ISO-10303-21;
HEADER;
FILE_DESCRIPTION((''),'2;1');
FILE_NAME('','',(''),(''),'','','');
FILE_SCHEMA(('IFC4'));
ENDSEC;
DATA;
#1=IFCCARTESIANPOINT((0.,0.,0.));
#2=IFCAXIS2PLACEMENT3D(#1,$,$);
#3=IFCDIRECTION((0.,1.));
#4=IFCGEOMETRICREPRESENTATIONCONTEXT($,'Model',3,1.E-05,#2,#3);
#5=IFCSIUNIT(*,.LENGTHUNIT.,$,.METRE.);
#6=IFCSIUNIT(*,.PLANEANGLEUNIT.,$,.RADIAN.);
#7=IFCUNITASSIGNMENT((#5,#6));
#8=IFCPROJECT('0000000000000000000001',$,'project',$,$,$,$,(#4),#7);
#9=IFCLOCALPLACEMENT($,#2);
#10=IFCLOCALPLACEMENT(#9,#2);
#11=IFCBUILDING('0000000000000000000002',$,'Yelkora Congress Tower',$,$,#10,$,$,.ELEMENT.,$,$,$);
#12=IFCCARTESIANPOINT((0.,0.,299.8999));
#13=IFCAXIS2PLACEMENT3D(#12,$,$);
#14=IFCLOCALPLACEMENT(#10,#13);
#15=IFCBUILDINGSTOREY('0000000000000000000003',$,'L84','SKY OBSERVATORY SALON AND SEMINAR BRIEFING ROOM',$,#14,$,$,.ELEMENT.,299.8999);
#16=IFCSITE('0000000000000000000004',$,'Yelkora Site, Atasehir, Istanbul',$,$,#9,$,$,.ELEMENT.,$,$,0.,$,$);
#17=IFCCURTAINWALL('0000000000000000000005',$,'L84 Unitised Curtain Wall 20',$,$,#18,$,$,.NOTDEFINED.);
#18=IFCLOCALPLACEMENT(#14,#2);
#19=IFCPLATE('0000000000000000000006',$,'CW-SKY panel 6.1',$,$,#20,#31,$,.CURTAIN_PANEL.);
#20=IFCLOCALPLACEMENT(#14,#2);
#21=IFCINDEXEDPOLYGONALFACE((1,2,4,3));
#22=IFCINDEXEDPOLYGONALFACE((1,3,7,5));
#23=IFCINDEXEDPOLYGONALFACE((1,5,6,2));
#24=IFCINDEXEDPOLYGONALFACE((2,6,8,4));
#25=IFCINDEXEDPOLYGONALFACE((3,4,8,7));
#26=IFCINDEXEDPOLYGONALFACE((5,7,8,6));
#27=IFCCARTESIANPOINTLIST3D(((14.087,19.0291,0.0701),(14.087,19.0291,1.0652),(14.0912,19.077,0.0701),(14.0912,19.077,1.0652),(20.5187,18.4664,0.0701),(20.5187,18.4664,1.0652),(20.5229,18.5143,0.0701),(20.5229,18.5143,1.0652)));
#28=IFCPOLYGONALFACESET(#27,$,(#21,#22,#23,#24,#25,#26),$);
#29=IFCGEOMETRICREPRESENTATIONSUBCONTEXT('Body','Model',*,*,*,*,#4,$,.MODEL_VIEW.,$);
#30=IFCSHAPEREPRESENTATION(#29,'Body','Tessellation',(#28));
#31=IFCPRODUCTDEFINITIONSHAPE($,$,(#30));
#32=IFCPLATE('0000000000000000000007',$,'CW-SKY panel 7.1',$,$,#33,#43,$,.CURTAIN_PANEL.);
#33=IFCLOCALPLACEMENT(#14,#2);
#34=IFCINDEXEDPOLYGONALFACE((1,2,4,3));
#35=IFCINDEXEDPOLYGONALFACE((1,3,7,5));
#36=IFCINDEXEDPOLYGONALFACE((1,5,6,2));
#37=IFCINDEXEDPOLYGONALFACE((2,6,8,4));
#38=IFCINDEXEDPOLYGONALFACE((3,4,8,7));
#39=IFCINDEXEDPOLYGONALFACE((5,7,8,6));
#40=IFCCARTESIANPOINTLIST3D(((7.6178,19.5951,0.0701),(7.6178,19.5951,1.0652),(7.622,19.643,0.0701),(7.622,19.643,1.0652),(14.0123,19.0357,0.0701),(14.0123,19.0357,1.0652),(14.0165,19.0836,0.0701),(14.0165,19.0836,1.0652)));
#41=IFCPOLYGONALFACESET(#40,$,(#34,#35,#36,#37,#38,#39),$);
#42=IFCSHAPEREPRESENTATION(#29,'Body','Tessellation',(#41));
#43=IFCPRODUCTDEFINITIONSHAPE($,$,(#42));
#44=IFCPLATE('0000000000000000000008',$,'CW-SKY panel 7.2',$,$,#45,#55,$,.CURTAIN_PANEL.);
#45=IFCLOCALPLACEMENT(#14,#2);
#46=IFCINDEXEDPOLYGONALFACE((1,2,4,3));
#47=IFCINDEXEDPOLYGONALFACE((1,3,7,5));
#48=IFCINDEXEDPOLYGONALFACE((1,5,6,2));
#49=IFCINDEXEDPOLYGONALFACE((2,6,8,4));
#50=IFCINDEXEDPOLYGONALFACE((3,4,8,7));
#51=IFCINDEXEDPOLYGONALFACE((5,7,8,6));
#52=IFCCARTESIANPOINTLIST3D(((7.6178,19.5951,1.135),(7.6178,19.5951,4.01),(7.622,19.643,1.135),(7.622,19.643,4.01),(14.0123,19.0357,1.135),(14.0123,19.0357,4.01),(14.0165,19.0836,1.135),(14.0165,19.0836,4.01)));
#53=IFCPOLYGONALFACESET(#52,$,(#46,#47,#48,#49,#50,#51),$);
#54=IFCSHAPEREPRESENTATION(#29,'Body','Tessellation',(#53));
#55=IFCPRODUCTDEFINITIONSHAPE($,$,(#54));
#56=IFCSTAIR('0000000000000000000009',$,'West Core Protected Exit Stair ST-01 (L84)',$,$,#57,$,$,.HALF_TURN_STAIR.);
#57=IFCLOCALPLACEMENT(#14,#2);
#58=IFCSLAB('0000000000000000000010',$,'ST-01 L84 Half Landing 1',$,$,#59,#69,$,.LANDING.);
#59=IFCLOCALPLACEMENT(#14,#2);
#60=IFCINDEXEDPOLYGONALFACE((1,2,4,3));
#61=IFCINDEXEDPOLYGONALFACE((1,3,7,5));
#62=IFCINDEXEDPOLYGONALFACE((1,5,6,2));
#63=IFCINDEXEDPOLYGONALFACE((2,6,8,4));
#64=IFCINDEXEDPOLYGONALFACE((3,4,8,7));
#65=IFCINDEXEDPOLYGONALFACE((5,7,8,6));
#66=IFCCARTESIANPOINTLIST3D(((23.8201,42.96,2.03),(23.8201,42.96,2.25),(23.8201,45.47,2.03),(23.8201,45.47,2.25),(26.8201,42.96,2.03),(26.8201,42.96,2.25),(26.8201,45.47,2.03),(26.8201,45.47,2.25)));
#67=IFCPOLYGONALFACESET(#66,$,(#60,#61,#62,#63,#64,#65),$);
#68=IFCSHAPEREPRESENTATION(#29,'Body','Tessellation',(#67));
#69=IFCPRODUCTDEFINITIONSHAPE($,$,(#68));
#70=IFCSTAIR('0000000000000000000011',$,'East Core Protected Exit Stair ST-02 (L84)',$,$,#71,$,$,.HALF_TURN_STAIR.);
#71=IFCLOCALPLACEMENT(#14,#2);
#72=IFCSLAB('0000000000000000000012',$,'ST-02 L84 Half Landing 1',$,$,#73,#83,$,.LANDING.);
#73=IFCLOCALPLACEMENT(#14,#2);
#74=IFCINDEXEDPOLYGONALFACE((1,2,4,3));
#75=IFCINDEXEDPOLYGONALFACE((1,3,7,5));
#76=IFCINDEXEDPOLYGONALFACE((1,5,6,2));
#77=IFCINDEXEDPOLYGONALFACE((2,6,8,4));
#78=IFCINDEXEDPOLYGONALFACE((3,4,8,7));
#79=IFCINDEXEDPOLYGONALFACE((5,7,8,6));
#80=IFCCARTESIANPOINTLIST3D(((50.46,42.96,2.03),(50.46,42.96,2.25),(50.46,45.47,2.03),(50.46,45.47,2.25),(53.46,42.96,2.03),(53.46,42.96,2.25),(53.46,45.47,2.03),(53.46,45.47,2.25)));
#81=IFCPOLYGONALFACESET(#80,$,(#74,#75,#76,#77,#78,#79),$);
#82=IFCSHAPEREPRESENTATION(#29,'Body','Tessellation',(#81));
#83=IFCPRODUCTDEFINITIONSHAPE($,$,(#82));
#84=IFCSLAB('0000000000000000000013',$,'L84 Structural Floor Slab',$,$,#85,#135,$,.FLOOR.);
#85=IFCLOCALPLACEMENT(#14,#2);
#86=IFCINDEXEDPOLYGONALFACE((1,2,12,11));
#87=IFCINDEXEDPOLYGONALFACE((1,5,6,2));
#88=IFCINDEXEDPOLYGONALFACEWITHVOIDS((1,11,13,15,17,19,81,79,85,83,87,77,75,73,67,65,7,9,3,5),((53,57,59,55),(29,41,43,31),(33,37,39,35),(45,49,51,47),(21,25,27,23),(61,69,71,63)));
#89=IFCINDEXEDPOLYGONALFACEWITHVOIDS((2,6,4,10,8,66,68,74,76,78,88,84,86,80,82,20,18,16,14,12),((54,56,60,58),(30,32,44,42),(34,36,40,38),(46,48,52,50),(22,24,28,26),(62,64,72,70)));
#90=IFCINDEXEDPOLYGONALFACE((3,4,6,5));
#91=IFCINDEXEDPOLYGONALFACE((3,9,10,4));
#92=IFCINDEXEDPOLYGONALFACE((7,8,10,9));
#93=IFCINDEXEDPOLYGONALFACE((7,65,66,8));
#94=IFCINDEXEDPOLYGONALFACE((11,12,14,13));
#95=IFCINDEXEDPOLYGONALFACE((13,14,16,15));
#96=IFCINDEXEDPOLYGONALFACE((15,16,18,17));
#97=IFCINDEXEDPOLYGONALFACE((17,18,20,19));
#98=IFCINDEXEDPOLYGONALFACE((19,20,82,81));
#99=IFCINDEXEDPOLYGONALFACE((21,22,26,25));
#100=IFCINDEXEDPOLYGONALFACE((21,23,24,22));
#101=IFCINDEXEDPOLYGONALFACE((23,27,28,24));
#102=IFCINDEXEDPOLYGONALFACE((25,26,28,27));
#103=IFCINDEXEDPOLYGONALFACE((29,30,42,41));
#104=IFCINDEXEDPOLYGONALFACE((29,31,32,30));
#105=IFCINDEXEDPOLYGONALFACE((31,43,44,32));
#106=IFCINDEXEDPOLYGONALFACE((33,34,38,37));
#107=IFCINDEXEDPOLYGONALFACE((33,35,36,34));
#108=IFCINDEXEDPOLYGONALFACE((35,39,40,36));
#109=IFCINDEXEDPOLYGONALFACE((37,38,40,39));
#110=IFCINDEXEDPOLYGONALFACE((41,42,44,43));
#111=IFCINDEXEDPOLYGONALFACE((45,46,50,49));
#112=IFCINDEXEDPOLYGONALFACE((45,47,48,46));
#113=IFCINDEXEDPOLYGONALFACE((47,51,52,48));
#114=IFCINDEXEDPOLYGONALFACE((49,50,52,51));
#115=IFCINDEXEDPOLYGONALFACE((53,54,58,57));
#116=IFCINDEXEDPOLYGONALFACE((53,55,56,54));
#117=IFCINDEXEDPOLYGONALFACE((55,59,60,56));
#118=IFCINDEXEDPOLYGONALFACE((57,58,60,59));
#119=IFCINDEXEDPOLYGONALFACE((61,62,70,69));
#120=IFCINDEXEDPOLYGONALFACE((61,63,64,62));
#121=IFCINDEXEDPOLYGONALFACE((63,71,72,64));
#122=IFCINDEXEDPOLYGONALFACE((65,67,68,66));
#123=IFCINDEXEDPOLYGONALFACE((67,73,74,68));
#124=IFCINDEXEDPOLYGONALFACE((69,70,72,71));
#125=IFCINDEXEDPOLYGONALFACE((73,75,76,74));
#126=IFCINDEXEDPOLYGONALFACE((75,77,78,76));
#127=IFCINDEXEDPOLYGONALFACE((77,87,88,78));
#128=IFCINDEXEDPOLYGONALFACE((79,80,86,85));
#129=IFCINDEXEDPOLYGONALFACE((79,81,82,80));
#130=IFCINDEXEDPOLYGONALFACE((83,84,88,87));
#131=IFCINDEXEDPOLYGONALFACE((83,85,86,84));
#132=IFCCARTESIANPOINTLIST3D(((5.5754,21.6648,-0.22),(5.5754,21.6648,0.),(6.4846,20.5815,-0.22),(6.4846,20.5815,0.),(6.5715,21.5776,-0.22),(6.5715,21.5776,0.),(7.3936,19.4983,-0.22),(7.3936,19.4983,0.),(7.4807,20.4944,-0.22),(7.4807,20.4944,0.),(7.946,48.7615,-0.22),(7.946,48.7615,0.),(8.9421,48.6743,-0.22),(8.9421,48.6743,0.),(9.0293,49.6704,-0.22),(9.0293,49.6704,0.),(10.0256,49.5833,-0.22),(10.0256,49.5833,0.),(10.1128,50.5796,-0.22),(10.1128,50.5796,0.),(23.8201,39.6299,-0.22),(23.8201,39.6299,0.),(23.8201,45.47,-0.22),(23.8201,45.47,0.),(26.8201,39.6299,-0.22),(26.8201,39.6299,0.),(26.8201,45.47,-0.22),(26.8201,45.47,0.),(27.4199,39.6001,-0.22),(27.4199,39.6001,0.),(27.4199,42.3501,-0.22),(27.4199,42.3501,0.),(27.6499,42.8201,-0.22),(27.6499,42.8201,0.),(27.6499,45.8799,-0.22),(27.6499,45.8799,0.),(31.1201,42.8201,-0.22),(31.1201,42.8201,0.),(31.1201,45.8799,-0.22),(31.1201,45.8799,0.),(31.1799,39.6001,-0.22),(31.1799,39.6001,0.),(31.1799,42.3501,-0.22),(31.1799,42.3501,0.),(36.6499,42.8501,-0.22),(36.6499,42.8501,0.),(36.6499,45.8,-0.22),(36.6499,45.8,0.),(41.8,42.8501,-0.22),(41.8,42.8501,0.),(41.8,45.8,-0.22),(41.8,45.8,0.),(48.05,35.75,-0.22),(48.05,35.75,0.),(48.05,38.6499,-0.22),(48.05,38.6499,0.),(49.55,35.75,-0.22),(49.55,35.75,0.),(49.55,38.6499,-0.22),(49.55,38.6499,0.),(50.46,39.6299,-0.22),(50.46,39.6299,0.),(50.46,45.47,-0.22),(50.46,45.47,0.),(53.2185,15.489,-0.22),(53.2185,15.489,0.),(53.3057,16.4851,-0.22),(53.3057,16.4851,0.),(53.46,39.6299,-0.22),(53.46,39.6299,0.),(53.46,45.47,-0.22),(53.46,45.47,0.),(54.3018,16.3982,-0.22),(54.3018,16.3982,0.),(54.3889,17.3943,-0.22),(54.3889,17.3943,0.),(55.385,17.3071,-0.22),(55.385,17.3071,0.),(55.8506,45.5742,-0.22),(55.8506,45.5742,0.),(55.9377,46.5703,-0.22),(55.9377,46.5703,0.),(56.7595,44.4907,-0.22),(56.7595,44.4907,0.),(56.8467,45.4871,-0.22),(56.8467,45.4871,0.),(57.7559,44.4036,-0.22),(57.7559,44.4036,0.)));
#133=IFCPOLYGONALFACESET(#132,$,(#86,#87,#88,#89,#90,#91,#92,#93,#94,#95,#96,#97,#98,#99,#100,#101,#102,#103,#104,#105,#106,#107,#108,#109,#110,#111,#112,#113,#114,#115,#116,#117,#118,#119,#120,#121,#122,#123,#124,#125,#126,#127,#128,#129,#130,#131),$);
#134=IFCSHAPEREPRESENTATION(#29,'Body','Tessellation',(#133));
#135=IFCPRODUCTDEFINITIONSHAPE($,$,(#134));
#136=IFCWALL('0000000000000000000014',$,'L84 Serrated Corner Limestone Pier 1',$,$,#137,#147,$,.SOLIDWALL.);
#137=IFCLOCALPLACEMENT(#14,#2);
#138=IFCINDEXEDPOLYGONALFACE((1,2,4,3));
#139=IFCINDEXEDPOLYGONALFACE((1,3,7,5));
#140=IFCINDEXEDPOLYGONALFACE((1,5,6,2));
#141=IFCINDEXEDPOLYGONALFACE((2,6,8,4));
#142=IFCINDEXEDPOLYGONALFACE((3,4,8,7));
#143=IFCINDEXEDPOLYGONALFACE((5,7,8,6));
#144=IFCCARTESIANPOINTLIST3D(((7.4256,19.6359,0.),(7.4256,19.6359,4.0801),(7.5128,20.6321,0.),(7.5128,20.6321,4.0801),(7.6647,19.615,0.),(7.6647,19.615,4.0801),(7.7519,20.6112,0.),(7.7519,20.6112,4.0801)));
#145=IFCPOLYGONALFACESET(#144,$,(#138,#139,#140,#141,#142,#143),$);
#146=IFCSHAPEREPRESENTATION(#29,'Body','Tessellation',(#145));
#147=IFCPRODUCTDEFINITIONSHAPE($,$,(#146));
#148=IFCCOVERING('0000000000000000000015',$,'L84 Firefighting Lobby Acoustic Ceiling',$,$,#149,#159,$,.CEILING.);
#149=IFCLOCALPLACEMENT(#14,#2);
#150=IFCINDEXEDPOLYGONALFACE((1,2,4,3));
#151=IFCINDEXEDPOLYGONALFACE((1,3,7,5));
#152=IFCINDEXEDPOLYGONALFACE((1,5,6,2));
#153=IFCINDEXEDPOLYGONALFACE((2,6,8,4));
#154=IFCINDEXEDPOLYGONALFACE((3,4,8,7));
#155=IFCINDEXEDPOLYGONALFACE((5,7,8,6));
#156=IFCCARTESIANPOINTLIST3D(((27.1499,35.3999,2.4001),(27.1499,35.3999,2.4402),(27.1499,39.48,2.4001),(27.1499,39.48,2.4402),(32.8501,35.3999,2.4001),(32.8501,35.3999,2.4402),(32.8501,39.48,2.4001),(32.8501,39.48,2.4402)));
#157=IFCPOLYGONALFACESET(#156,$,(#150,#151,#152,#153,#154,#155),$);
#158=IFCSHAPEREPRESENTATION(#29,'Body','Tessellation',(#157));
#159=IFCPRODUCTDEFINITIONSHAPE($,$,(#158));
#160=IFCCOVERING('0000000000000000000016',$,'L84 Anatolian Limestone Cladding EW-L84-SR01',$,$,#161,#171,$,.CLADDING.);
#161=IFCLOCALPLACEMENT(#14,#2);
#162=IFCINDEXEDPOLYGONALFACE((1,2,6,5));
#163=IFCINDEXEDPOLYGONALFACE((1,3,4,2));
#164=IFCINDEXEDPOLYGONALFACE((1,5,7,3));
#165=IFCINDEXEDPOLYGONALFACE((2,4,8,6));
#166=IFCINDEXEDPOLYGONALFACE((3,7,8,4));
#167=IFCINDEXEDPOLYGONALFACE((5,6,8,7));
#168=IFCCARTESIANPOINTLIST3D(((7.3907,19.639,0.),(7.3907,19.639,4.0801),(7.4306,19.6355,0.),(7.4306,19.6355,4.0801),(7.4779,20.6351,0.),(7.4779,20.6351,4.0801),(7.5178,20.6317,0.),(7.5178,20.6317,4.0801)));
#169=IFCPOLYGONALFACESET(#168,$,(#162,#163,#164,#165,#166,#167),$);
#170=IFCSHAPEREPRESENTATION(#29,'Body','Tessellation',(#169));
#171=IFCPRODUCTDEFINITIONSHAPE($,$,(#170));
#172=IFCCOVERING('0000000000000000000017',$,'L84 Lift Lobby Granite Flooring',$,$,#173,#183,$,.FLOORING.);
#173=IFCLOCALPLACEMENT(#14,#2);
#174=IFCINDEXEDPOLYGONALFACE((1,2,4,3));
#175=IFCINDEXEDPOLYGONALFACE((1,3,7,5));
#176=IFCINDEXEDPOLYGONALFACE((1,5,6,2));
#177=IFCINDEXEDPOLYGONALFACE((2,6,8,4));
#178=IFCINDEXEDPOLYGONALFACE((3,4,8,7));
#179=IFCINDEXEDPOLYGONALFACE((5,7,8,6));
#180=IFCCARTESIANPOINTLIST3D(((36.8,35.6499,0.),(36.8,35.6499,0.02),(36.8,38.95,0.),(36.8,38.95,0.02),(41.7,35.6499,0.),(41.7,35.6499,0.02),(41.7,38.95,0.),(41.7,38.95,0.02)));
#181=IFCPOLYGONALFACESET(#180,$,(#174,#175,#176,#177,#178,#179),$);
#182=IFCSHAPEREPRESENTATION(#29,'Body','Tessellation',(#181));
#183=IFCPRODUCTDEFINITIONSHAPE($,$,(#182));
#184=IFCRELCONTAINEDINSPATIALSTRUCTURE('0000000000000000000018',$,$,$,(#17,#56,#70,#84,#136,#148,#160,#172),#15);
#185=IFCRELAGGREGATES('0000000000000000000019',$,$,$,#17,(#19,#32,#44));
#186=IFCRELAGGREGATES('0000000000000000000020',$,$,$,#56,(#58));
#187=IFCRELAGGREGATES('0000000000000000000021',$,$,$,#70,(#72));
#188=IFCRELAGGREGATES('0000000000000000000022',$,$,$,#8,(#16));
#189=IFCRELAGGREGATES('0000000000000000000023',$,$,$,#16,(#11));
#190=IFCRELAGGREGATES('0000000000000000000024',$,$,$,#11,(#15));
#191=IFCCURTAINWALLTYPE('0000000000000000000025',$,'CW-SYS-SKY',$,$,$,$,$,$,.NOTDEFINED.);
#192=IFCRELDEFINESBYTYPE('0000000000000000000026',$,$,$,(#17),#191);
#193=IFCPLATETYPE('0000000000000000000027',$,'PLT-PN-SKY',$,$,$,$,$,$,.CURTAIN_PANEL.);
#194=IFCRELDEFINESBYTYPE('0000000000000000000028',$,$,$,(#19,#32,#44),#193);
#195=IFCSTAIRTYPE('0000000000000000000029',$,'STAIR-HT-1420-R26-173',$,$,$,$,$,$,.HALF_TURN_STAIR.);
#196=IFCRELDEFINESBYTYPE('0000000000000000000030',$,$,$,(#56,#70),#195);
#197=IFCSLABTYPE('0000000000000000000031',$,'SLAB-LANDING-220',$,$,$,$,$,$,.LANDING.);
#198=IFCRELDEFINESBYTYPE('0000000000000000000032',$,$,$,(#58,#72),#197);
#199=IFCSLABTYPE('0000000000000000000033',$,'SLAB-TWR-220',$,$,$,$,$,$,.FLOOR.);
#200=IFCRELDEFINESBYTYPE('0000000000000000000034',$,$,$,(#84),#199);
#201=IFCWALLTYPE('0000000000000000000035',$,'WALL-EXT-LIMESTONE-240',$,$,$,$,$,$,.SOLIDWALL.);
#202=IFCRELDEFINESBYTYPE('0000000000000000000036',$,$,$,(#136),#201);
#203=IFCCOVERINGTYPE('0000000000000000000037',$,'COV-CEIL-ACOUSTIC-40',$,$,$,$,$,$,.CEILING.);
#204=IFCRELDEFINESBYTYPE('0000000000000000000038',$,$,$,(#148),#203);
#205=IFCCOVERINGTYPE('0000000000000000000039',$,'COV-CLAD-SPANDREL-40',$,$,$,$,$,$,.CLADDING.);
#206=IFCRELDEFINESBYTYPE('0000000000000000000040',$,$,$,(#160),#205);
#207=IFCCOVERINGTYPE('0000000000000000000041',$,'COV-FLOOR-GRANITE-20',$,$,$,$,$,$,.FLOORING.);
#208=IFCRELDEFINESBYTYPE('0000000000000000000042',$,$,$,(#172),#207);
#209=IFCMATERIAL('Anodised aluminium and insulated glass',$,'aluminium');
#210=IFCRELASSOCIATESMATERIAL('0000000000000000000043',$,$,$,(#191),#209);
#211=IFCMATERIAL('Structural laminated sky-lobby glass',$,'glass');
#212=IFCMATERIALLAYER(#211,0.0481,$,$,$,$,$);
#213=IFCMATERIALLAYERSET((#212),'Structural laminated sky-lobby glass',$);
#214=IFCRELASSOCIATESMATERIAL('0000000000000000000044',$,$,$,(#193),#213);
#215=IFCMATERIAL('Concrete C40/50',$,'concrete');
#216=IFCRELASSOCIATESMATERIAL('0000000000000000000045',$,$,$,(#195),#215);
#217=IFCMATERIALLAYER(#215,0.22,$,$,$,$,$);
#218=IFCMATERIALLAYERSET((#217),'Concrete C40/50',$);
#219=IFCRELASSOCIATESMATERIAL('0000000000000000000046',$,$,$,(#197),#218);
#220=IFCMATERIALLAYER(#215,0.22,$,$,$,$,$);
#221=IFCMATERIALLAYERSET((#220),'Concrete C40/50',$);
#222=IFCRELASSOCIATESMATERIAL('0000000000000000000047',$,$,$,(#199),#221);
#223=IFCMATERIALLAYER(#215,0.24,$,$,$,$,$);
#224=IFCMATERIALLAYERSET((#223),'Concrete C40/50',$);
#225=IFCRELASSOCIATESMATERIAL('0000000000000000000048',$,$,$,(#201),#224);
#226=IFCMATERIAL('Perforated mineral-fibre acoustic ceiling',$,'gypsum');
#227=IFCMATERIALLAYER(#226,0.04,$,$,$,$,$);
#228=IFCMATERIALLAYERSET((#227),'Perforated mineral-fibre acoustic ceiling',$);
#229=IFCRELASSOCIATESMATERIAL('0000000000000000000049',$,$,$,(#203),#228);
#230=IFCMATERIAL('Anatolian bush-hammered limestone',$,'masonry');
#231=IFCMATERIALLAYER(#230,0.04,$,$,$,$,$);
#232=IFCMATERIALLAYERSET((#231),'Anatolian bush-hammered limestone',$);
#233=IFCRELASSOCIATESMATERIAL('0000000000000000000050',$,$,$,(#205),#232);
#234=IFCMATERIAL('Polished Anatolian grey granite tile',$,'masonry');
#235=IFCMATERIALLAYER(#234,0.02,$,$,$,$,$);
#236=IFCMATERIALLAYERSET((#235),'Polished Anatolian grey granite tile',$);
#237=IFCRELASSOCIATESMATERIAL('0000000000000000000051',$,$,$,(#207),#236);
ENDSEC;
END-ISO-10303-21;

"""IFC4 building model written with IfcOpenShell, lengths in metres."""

from ifc_helpers import new_model, si_unit, direction, frame, frame_2d, origin, origin_2d, place, context, subcontext, project, spatial, polyline, rectangle, outline, extrude, material, layer, layer_set, type_object, element, aggregate, save


model = new_model("IFC4")

# Units and contexts
model_context = context("Model", 3, precision=1e-05, world=origin(), true_north=direction((0.0, 1.0)))
body_context = subcontext(model_context, "Body", "Model", "MODEL_VIEW")
ifc_project = project(units=[si_unit("LENGTHUNIT", "METRE"), si_unit("PLANEANGLEUNIT", "RADIAN")], contexts=[model_context])

# Site, building, storey
site_placement = place(None, origin())
site = spatial("IfcSite", under=ifc_project, at=site_placement, Name="Yelkora Site, Atasehir, Istanbul", CompositionType="ELEMENT", RefElevation=0.0)
building_placement = place(site_placement, origin())
building = spatial("IfcBuilding", under=site, at=building_placement, Name="Yelkora Congress Tower", CompositionType="ELEMENT")
storey_placement = place(building_placement, frame((0.0, 0.0, 299.8999)))
storey = spatial("IfcBuildingStorey", under=building, at=storey_placement, Name="L84", Description="SKY OBSERVATORY SALON AND SEMINAR BRIEFING ROOM", CompositionType="ELEMENT", Elevation=299.8999)

# Curtain wall, plates
ifc_material_1 = material(Name="Anodised aluminium and insulated glass", Category="aluminium")
curtain_wall_type = type_object("IfcCurtainWallType", Name="CW-SYS-SKY", PredefinedType="NOTDEFINED", material=ifc_material_1)
curtain_wall_placement = place(storey_placement, origin())
curtain_wall = element("IfcCurtainWall", 1, at=curtain_wall_placement, inside=storey, type_object=curtain_wall_type, Name="L84 Unitised Curtain Wall 20", PredefinedType="NOTDEFINED")
ifc_material_2 = material(Name="Structural laminated sky-lobby glass", Category="glass")
ifc_layer_1 = layer(ifc_material_2, 0.0481)
ifc_layer_set_1 = layer_set([ifc_layer_1], Name="Structural laminated sky-lobby glass")
plate_type = type_object("IfcPlateType", Name="PLT-PN-SKY", PredefinedType="CURTAIN_PANEL", material=ifc_layer_set_1)
plate_1_placement = place(storey_placement, frame((17.3049, 18.7717, 0.0701), z_axis=(0.0, 0.0, 1.0), x_axis=(-0.996195, 0.087157, 0.0)))
plate_1 = element("IfcPlate", 2, at=plate_1_placement, type_object=plate_type, Name="CW-SKY panel 6.1", PredefinedType="CURTAIN_PANEL", context=body_context, shape_type="SweptSolid", body=[
    extrude(rectangle(XDim=6.4563, YDim=0.0481, at=origin_2d()), origin(), (0.0, 0.0, 1.0), 0.9951),
])
plate_2_placement = place(storey_placement, frame((10.8171, 19.3394, 0.0701), z_axis=(0.0, 0.0, 1.0), x_axis=(-0.996195, 0.087157, 0.0)))
plate_2 = element("IfcPlate", 3, at=plate_2_placement, type_object=plate_type, Name="CW-SKY panel 7.1", PredefinedType="CURTAIN_PANEL", context=body_context, shape_type="SweptSolid", body=[
    extrude(rectangle(XDim=6.4189, YDim=0.0481, at=origin_2d()), origin(), (0.0, 0.0, 1.0), 0.9951),
])
plate_3_placement = place(storey_placement, frame((10.8171, 19.3394, 1.135), z_axis=(0.0, 0.0, 1.0), x_axis=(-0.996195, 0.087157, 0.0)))
plate_3 = element("IfcPlate", 4, at=plate_3_placement, type_object=plate_type, Name="CW-SKY panel 7.2", PredefinedType="CURTAIN_PANEL", context=body_context, shape_type="SweptSolid", body=[
    extrude(rectangle(XDim=6.4189, YDim=0.0481, at=origin_2d()), origin(), (0.0, 0.0, 1.0), 2.875),
])
aggregate(curtain_wall, [plate_1, plate_2, plate_3])

# Stairs, slabs
ifc_material_3 = material(Name="Concrete C40/50", Category="concrete")
stair_type = type_object("IfcStairType", Name="STAIR-HT-1420-R26-173", PredefinedType="HALF_TURN_STAIR", material=ifc_material_3)
stair_1_placement = place(storey_placement, origin())
stair_1 = element("IfcStair", 5, at=stair_1_placement, inside=storey, type_object=stair_type, Name="West Core Protected Exit Stair ST-01 (L84)", PredefinedType="HALF_TURN_STAIR")
ifc_layer_2 = layer(ifc_material_3, 0.22)
ifc_layer_set_2 = layer_set([ifc_layer_2], Name="Concrete C40/50")
slab_type_1 = type_object("IfcSlabType", Name="SLAB-LANDING-220", PredefinedType="LANDING", material=ifc_layer_set_2)
slab_1_placement = place(storey_placement, frame((0.0, 0.0, 2.03)))
slab_1 = element("IfcSlab", 6, at=slab_1_placement, type_object=slab_type_1, Name="ST-01 L84 Half Landing 1", PredefinedType="LANDING", context=body_context, shape_type="SweptSolid", body=[
    extrude(outline(polyline([(26.8201, 42.96), (26.8201, 45.47), (23.8201, 45.47), (23.8201, 42.96), (26.8201, 42.96)])), origin(), (0.0, 0.0, 1.0), 0.22),
])
aggregate(stair_1, [slab_1])
stair_2_placement = place(storey_placement, origin())
stair_2 = element("IfcStair", 7, at=stair_2_placement, inside=storey, type_object=stair_type, Name="East Core Protected Exit Stair ST-02 (L84)", PredefinedType="HALF_TURN_STAIR")
slab_2_placement = place(storey_placement, frame((0.0, 0.0, 2.03)))
slab_2 = element("IfcSlab", 8, at=slab_2_placement, type_object=slab_type_1, Name="ST-02 L84 Half Landing 1", PredefinedType="LANDING", context=body_context, shape_type="SweptSolid", body=[
    extrude(outline(polyline([(53.46, 42.96), (53.46, 45.47), (50.46, 45.47), (50.46, 42.96), (53.46, 42.96)])), origin(), (0.0, 0.0, 1.0), 0.22),
])
aggregate(stair_2, [slab_2])

# Slab
ifc_layer_3 = layer(ifc_material_3, 0.22)
ifc_layer_set_3 = layer_set([ifc_layer_3], Name="Concrete C40/50")
slab_type_2 = type_object("IfcSlabType", Name="SLAB-TWR-220", PredefinedType="FLOOR", material=ifc_layer_set_3)
slab_3_placement = place(storey_placement, frame((0.0, 0.0, -0.22)))
element("IfcSlab", 9, at=slab_3_placement, inside=storey, type_object=slab_type_2, Name="L84 Structural Floor Slab", PredefinedType="FLOOR", context=body_context, shape_type="SweptSolid", body=[
    extrude(outline(polyline([(7.3936, 19.4983), (53.2185, 15.489), (53.3057, 16.4851), (54.3018, 16.3982), (54.3889, 17.3943), (55.385, 17.3071), (57.7559, 44.4036), (56.7595, 44.4907), (56.8467, 45.4871), (55.8506, 45.5742), (55.9377, 46.5703), (10.1128, 50.5796), (10.0256, 49.5833), (9.0293, 49.6704), (8.9421, 48.6743), (7.946, 48.7615), (5.5754, 21.6648), (6.5715, 21.5776), (6.4846, 20.5815), (7.4807, 20.4944), (7.3936, 19.4983)]), holes=[polyline([(23.8201, 39.6299), (26.8201, 39.6299), (26.8201, 45.47), (23.8201, 45.47), (23.8201, 39.6299)]), polyline([(50.46, 39.6299), (53.46, 39.6299), (53.46, 45.47), (50.46, 45.47), (50.46, 39.6299)]), polyline([(48.05, 35.75), (49.55, 35.75), (49.55, 38.6499), (48.05, 38.6499), (48.05, 35.75)]), polyline([(36.6499, 42.8501), (41.8, 42.8501), (41.8, 45.8), (36.6499, 45.8), (36.6499, 42.8501)]), polyline([(27.4199, 39.6001), (31.1799, 39.6001), (31.1799, 42.3501), (27.4199, 42.3501), (27.4199, 39.6001)]), polyline([(27.6499, 42.8201), (31.1201, 42.8201), (31.1201, 45.8799), (27.6499, 45.8799), (27.6499, 42.8201)])]), origin(), (0.0, 0.0, 1.0), 0.22),
])

# Wall
ifc_layer_4 = layer(ifc_material_3, 0.24)
ifc_layer_set_4 = layer_set([ifc_layer_4], Name="Concrete C40/50")
wall_type = type_object("IfcWallType", Name="WALL-EXT-LIMESTONE-240", PredefinedType="SOLIDWALL", material=ifc_layer_set_4)
wall_placement = place(storey_placement, frame((7.5452, 19.6255, 0.0), z_axis=(0.0, 0.0, 1.0), x_axis=(0.087167, 0.996194, 0.0)))
element("IfcWall", 10, at=wall_placement, inside=storey, type_object=wall_type, Name="L84 Serrated Corner Limestone Pier 1", PredefinedType="SOLIDWALL", context=body_context, shape_type="SweptSolid", body=[
    extrude(rectangle(XDim=1.0, YDim=0.24, at=frame_2d((0.5, 0.0))), origin(), (0.0, 0.0, 1.0), 4.0801),
])

# Coverings
ifc_material_4 = material(Name="Perforated mineral-fibre acoustic ceiling", Category="gypsum")
ifc_layer_5 = layer(ifc_material_4, 0.04)
ifc_layer_set_5 = layer_set([ifc_layer_5], Name="Perforated mineral-fibre acoustic ceiling")
covering_type_1 = type_object("IfcCoveringType", Name="COV-CEIL-ACOUSTIC-40", PredefinedType="CEILING", material=ifc_layer_set_5)
covering_1_placement = place(storey_placement, frame((0.0, 0.0, 2.4001)))
element("IfcCovering", 11, at=covering_1_placement, inside=storey, type_object=covering_type_1, Name="L84 Firefighting Lobby Acoustic Ceiling", PredefinedType="CEILING", context=body_context, shape_type="SweptSolid", body=[
    extrude(outline(polyline([(27.1499, 35.3999), (32.8501, 35.3999), (32.8501, 39.48), (27.1499, 39.48), (27.1499, 35.3999)])), origin(), (0.0, 0.0, 1.0), 0.04),
])
ifc_material_5 = material(Name="Anatolian bush-hammered limestone", Category="masonry")
ifc_layer_6 = layer(ifc_material_5, 0.04)
ifc_layer_set_6 = layer_set([ifc_layer_6], Name="Anatolian bush-hammered limestone")
covering_type_2 = type_object("IfcCoveringType", Name="COV-CLAD-SPANDREL-40", PredefinedType="CLADDING", material=ifc_layer_set_6)
covering_2_placement = place(storey_placement, frame((7.4106, 19.6372, 0.0), z_axis=(0.0, 0.0, 1.0), x_axis=(0.087167, 0.996194, 0.0)))
element("IfcCovering", 12, at=covering_2_placement, inside=storey, type_object=covering_type_2, Name="L84 Anatolian Limestone Cladding EW-L84-SR01", PredefinedType="CLADDING", context=body_context, shape_type="SweptSolid", body=[
    extrude(rectangle(XDim=1.0, YDim=0.04, at=frame_2d((0.5, 0.0))), origin(), (0.0, 0.0, 1.0), 4.0801),
])
ifc_material_6 = material(Name="Polished Anatolian grey granite tile", Category="masonry")
ifc_layer_7 = layer(ifc_material_6, 0.02)
ifc_layer_set_7 = layer_set([ifc_layer_7], Name="Polished Anatolian grey granite tile")
covering_type_3 = type_object("IfcCoveringType", Name="COV-FLOOR-GRANITE-20", PredefinedType="FLOORING", material=ifc_layer_set_7)
covering_3_placement = place(storey_placement, origin())
element("IfcCovering", 13, at=covering_3_placement, inside=storey, type_object=covering_type_3, Name="L84 Lift Lobby Granite Flooring", PredefinedType="FLOORING", context=body_context, shape_type="SweptSolid", body=[
    extrude(outline(polyline([(36.8, 35.6499), (41.7, 35.6499), (41.7, 38.95), (36.8, 38.95), (36.8, 35.6499)])), origin(), (0.0, 0.0, 1.0), 0.02),
])

save(model, "model.ifc")
